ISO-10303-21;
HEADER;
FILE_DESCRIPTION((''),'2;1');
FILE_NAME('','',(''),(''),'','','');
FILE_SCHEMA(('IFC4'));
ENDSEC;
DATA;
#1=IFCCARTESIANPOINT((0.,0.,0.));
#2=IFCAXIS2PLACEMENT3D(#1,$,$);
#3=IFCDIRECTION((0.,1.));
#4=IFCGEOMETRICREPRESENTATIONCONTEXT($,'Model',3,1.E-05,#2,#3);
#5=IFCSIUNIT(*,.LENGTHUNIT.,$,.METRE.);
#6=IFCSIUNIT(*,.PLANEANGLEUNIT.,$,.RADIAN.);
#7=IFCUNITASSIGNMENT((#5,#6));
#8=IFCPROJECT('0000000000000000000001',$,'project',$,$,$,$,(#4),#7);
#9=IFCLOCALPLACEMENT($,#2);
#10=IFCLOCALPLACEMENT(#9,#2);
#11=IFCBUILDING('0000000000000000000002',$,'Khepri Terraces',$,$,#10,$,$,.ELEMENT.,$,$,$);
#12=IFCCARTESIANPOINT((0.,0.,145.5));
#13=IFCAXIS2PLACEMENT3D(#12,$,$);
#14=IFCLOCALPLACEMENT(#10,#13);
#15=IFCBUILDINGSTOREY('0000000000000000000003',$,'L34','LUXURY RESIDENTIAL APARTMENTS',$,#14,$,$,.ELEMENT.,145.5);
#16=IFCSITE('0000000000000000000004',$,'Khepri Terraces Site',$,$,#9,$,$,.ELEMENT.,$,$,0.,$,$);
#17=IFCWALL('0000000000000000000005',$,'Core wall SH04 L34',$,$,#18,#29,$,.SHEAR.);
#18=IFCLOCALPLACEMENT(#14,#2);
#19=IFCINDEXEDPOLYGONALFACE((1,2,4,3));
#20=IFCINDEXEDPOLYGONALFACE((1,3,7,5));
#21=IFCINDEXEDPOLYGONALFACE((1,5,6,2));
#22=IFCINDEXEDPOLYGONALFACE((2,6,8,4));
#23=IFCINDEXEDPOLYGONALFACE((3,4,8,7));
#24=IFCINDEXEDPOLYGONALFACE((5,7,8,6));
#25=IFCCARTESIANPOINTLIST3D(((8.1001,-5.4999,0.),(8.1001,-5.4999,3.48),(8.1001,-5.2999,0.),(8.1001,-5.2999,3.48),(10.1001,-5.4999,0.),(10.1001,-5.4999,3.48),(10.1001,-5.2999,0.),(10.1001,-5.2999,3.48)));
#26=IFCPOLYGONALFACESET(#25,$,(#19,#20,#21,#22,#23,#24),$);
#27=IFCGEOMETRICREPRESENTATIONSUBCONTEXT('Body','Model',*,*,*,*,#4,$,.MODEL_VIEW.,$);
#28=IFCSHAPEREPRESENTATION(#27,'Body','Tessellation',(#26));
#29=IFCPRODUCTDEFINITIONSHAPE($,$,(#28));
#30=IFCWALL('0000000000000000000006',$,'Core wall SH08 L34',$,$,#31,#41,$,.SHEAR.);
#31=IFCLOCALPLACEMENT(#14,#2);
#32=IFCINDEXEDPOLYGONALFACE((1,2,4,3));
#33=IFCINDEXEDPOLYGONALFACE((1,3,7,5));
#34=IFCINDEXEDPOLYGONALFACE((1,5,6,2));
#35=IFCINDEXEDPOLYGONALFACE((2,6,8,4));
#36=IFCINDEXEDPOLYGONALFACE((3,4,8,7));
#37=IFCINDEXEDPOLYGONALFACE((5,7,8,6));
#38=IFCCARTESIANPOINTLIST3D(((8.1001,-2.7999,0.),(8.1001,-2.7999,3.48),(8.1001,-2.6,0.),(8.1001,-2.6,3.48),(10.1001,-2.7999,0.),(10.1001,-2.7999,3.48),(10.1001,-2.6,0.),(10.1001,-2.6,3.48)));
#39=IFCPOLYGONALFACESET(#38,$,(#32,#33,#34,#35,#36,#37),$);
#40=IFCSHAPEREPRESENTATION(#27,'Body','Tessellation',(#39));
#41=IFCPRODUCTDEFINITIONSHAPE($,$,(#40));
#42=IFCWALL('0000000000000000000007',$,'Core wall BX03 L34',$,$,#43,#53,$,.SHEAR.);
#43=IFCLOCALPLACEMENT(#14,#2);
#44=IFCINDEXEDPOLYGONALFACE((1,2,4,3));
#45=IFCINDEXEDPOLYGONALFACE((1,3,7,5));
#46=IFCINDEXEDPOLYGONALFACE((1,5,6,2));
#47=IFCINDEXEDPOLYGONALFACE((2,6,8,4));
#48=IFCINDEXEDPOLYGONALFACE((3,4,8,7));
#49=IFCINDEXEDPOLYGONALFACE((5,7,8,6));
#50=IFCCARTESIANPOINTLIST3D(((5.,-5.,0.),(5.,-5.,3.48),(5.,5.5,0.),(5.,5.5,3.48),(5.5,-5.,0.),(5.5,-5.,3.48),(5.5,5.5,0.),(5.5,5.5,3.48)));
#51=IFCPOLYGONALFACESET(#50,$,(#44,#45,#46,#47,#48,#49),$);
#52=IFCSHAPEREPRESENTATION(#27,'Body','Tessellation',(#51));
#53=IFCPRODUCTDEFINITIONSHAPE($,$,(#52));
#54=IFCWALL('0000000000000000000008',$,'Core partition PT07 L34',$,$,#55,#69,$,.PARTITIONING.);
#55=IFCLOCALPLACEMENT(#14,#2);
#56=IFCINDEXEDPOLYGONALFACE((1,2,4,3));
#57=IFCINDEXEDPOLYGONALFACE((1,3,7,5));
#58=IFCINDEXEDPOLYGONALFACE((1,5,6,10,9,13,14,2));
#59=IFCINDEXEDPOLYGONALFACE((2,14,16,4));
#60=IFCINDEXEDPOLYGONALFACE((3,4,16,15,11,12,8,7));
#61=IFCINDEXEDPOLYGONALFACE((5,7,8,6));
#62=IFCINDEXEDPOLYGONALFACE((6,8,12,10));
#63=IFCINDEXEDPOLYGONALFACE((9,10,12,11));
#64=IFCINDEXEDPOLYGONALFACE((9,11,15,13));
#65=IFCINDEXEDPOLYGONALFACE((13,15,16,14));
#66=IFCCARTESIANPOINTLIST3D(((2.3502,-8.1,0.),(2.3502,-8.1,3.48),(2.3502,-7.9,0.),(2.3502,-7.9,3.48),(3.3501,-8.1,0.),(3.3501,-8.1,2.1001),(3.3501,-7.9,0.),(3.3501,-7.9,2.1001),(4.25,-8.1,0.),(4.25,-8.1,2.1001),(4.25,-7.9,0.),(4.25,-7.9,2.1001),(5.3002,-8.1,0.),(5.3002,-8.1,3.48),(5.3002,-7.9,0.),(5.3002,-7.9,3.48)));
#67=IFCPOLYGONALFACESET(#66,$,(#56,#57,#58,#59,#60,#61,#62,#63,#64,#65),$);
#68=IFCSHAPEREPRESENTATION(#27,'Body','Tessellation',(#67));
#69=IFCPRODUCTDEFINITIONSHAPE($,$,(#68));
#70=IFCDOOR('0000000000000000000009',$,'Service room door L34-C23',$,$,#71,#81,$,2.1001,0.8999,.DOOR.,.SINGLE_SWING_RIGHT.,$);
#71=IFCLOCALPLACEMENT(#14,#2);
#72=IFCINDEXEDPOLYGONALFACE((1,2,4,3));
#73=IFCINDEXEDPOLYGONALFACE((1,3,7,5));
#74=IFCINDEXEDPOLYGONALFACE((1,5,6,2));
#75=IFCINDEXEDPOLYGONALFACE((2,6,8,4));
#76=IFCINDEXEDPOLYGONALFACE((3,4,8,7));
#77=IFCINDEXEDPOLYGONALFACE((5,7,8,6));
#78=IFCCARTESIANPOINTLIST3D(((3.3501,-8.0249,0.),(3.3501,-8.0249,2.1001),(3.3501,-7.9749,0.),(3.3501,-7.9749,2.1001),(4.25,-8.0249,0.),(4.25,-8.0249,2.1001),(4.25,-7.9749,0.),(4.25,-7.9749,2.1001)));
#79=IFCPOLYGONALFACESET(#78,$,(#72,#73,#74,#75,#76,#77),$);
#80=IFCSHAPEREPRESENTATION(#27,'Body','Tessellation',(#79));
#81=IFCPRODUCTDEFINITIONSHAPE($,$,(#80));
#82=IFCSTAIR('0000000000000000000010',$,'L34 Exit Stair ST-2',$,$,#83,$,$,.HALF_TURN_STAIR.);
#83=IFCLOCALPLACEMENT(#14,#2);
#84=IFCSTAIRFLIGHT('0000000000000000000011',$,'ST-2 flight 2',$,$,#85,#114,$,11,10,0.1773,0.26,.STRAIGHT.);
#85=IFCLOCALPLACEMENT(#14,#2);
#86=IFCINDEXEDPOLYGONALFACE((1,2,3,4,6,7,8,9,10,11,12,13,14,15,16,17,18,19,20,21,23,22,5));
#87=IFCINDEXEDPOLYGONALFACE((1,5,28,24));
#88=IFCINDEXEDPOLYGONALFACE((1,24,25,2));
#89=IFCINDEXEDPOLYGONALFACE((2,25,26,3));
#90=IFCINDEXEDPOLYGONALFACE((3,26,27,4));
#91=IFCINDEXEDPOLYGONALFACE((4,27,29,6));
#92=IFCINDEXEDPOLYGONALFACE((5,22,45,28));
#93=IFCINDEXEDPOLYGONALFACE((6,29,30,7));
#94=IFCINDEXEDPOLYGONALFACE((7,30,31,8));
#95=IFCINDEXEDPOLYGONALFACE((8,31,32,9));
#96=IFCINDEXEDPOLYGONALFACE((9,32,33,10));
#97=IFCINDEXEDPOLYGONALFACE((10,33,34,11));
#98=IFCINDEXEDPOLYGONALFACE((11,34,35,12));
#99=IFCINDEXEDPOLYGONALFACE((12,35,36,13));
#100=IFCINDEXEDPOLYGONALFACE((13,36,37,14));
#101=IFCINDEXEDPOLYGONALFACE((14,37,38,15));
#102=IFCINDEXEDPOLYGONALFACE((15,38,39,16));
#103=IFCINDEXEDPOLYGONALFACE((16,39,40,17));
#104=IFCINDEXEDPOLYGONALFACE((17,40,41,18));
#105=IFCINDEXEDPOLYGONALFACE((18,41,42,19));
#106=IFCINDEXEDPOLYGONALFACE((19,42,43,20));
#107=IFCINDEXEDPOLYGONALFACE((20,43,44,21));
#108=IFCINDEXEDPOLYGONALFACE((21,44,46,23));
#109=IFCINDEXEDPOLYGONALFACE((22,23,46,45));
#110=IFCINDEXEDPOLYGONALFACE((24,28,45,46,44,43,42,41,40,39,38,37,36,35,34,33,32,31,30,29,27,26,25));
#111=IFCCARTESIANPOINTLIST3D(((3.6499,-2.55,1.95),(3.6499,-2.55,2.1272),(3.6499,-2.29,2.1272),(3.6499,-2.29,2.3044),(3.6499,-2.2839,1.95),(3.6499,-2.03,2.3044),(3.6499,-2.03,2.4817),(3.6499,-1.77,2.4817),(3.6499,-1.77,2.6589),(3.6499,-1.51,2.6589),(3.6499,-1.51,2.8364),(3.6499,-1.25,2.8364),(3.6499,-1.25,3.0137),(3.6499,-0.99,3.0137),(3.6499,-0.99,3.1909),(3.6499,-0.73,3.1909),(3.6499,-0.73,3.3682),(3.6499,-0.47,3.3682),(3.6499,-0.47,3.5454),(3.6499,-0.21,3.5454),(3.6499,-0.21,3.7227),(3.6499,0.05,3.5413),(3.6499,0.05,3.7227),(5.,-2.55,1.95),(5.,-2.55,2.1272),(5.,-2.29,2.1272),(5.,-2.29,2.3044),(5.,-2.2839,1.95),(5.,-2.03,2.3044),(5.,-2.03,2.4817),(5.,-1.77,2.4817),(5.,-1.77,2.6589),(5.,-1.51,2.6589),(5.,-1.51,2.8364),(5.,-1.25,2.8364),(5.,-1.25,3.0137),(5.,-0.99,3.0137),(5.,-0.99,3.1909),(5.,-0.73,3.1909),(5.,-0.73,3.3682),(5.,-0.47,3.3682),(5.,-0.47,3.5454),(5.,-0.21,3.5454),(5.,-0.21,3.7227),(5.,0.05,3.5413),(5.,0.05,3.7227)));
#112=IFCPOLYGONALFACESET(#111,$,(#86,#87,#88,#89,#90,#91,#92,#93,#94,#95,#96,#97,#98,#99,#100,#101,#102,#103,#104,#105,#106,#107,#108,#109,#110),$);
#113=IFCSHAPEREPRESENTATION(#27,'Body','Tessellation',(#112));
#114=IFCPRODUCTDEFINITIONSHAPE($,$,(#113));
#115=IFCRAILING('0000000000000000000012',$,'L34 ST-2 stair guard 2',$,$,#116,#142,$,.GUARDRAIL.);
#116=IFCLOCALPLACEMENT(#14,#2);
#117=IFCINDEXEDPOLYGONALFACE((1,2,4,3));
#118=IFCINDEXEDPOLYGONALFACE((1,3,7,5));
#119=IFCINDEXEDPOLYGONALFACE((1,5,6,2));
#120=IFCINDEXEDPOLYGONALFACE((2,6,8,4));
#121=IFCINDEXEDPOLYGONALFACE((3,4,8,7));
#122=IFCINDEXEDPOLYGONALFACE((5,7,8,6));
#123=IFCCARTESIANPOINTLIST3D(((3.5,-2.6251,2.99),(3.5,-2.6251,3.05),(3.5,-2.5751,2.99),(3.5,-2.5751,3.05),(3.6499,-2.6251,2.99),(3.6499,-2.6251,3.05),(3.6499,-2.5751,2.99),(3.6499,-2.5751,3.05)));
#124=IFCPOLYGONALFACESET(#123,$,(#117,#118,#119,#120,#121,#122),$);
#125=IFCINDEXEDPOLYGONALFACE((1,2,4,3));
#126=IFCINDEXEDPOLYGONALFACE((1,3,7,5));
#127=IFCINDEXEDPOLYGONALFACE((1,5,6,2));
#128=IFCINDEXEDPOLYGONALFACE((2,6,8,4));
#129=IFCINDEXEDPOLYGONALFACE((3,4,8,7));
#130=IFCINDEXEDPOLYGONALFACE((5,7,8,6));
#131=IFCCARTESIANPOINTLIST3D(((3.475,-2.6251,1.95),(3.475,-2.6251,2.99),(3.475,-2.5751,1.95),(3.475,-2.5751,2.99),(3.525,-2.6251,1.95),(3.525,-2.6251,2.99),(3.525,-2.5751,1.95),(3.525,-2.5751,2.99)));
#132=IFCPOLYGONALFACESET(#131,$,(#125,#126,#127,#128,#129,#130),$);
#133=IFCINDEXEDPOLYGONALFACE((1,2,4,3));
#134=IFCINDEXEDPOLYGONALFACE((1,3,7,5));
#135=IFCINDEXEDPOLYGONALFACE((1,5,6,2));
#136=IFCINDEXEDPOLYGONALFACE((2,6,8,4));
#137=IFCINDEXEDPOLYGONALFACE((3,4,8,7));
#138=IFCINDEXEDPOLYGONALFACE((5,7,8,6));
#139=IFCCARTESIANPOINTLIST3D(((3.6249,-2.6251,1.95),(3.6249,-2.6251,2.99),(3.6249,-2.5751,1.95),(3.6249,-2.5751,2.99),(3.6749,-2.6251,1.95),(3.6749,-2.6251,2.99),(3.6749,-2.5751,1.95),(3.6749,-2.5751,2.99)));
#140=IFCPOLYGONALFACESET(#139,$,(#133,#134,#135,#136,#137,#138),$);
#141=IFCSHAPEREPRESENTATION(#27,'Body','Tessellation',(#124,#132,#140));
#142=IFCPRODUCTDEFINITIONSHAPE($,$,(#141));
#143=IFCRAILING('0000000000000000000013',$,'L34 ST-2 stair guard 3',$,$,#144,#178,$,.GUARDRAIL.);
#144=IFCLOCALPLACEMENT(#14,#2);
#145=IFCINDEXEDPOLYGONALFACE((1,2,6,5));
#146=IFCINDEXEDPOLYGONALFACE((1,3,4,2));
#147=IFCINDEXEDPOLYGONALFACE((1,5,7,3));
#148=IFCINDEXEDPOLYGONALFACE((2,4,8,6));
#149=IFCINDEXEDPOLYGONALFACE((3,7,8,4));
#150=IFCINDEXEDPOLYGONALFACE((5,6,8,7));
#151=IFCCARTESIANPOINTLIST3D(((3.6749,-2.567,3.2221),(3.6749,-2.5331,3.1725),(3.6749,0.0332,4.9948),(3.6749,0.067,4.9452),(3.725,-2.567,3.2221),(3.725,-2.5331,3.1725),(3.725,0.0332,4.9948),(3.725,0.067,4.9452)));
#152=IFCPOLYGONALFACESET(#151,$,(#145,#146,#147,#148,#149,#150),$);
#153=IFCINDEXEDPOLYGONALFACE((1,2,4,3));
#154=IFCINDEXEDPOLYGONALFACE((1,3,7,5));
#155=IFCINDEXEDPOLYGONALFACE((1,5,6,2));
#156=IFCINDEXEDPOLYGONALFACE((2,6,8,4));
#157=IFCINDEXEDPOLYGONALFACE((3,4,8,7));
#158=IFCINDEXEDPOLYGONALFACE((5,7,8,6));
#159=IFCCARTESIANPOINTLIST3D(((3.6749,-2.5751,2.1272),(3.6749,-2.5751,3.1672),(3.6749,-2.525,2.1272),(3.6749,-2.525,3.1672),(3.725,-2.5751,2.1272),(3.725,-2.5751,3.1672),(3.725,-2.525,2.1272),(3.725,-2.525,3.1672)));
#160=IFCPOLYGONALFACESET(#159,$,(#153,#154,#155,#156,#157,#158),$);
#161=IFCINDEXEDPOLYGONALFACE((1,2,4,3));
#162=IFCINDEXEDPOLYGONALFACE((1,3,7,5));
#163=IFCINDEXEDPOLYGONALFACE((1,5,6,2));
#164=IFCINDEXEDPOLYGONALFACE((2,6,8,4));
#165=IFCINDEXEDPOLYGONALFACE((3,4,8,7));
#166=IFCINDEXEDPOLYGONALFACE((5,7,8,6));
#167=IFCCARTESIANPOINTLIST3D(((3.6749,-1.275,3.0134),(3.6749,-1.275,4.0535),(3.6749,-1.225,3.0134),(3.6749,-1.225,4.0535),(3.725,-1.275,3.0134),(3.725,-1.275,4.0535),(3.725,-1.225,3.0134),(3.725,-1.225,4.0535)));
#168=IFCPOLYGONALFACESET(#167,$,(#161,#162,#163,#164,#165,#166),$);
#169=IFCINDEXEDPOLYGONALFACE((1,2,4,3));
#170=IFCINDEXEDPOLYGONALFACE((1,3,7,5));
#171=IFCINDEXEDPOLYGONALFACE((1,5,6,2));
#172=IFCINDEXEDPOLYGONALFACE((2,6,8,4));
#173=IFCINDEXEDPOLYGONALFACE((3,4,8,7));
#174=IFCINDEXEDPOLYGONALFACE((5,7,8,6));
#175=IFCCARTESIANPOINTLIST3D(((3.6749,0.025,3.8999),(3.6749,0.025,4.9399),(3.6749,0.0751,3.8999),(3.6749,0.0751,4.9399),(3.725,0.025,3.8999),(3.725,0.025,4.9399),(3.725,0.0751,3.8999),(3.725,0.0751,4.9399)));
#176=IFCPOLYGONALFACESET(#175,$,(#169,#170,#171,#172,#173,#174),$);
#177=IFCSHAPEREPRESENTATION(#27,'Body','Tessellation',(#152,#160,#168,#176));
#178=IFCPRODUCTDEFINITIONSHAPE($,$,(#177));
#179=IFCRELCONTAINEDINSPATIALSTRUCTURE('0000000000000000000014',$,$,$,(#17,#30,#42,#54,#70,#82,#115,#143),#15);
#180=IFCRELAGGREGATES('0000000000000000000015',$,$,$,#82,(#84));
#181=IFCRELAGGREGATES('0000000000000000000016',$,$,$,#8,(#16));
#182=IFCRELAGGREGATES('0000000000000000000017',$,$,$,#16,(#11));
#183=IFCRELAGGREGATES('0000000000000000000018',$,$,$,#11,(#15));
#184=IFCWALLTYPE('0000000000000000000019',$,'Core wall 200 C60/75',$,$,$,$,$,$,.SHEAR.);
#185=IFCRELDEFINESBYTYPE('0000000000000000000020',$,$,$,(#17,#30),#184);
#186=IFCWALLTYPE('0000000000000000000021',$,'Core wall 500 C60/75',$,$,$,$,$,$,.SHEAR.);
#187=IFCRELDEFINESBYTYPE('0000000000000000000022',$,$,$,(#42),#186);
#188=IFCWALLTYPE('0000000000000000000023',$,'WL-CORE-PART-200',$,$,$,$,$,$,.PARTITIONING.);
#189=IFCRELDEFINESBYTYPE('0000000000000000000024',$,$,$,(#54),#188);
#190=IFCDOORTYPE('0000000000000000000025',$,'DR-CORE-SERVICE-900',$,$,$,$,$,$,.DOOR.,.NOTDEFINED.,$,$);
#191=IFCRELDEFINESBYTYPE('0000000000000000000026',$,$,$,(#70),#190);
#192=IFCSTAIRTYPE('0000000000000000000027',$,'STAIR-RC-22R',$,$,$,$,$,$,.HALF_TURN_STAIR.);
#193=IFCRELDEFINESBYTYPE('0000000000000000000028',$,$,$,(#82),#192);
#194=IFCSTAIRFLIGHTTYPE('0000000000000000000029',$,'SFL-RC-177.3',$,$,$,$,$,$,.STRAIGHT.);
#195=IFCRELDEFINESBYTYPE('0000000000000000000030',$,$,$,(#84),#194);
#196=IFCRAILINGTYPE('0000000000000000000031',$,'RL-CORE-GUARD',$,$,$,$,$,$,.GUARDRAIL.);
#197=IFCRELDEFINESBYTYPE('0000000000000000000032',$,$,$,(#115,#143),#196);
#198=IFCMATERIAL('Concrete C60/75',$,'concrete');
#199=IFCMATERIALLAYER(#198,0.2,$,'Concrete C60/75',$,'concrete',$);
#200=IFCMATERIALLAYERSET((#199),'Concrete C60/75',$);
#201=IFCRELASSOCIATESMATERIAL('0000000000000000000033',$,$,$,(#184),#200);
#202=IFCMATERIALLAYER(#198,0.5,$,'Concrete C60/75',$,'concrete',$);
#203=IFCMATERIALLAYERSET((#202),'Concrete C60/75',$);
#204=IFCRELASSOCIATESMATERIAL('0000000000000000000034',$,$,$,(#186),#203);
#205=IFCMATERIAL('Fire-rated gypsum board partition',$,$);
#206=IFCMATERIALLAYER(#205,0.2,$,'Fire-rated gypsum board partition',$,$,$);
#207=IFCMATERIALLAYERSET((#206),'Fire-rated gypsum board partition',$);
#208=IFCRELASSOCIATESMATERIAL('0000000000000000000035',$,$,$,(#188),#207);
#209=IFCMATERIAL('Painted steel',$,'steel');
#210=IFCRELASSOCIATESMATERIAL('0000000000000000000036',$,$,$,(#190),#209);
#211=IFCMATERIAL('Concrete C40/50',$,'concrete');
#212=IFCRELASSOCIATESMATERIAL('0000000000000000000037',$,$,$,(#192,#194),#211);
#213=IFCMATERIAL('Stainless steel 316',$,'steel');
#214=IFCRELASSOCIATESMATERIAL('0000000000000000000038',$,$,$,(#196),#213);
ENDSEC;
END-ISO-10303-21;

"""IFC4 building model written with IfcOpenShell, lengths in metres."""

from ifc_helpers import new_model, si_unit, direction, frame, frame_2d, origin, origin_2d, place, context, subcontext, project, spatial, polyline, rectangle, outline, extrude, material, layer, layer_set, type_object, element, fill, aggregate, save


model = new_model("IFC4")

# Units and contexts
model_context = context("Model", 3, precision=1e-05, world=origin(), true_north=direction((0.0, 1.0)))
body_context = subcontext(model_context, "Body", "Model", "MODEL_VIEW")
ifc_project = project(units=[si_unit("LENGTHUNIT", "METRE"), si_unit("PLANEANGLEUNIT", "RADIAN")], contexts=[model_context])

# Site, building, storey
site_placement = place(None, origin())
site = spatial("IfcSite", under=ifc_project, at=site_placement, Name="Khepri Terraces Site", CompositionType="ELEMENT", RefElevation=0.0)
building_placement = place(site_placement, origin())
building = spatial("IfcBuilding", under=site, at=building_placement, Name="Khepri Terraces", CompositionType="ELEMENT")
storey_placement = place(building_placement, frame((0.0, 0.0, 145.5)))
storey = spatial("IfcBuildingStorey", under=building, at=storey_placement, Name="L34", Description="LUXURY RESIDENTIAL APARTMENTS", CompositionType="ELEMENT", Elevation=145.5)

# Shared definitions
ifc_material_1 = material(Name="Concrete C60/75", Category="concrete")
ifc_layer_1 = layer(ifc_material_1, 0.2, Name="Concrete C60/75", Category="concrete")
ifc_layer_set_1 = layer_set([ifc_layer_1], Name="Concrete C60/75")
wall_type_1 = type_object("IfcWallType", Name="Core wall 200 C60/75", PredefinedType="SHEAR", material=ifc_layer_set_1)
ifc_material_2 = material(Name="Painted steel", Category="steel")

# Walls
for number, where, z_axis, x_axis, name in (
    (1, (8.1001, -5.3999, 0.0), (0.0, 0.0, 1.0), (1.0, 0.0, 0.0), "Core wall SH04 L34"),
    (2, (8.1001, -2.7, 0.0), (0.0, 0.0, 1.0), (1.0, 0.0, 0.0), "Core wall SH08 L34"),
):
    element("IfcWall", number, at=place(storey_placement, frame(where, z_axis=z_axis, x_axis=x_axis)), inside=storey, type_object=wall_type_1, Name=name, PredefinedType="SHEAR", context=body_context, shape_type="SweptSolid", body=[
        extrude(rectangle(XDim=2.0, YDim=0.2, at=frame_2d((1.0, 0.0))), origin(), (0.0, 0.0, 1.0), 3.48),
    ])
ifc_layer_2 = layer(ifc_material_1, 0.5, Name="Concrete C60/75", Category="concrete")
ifc_layer_set_2 = layer_set([ifc_layer_2], Name="Concrete C60/75")
wall_type_2 = type_object("IfcWallType", Name="Core wall 500 C60/75", PredefinedType="SHEAR", material=ifc_layer_set_2)
wall_1_placement = place(storey_placement, frame((5.25, -5.0, 0.0), z_axis=(0.0, 0.0, 1.0), x_axis=(0.0, 1.0, 0.0)))
element("IfcWall", 3, at=wall_1_placement, inside=storey, type_object=wall_type_2, Name="Core wall BX03 L34", PredefinedType="SHEAR", context=body_context, shape_type="SweptSolid", body=[
    extrude(rectangle(XDim=10.5, YDim=0.5, at=frame_2d((5.25, 0.0))), origin(), (0.0, 0.0, 1.0), 3.48),
])

# Wall, opening, door
ifc_material_3 = material(Name="Fire-rated gypsum board partition")
ifc_layer_3 = layer(ifc_material_3, 0.2, Name="Fire-rated gypsum board partition")
ifc_layer_set_3 = layer_set([ifc_layer_3], Name="Fire-rated gypsum board partition")
wall_type_3 = type_object("IfcWallType", Name="WL-CORE-PART-200", PredefinedType="PARTITIONING", material=ifc_layer_set_3)
wall_2_placement = place(storey_placement, frame((2.3501, -8.0, 0.0), z_axis=(0.0, 0.0, 1.0), x_axis=(1.0, 0.0, 0.0)))
wall_2 = element("IfcWall", 4, at=wall_2_placement, inside=storey, type_object=wall_type_3, Name="Core partition PT07 L34", PredefinedType="PARTITIONING", context=body_context, shape_type="SweptSolid", body=[
    extrude(rectangle(XDim=2.95, YDim=0.2, at=frame_2d((1.4751, 0.0))), origin(), (0.0, 0.0, 1.0), 3.48),
])
opening_1_placement = place(wall_2_placement, frame((1.0, 0.0, 0.0)))
opening_1 = element("IfcOpeningElement", 5, at=opening_1_placement, cuts=wall_2, PredefinedType="OPENING", context=body_context, shape_type="SweptSolid", body=[
    extrude(rectangle(XDim=0.8999, YDim=2.1001, at=frame_2d((0.45, 1.05))), frame((0.0, 0.1099, 0.0), z_axis=(0.0, -1.0, 0.0), x_axis=(1.0, 0.0, 0.0)), (0.0, 0.0, 1.0), 0.22),
])
door_type_1 = type_object("IfcDoorType", Name="DR-CORE-SERVICE-900", OperationType="NOTDEFINED", PredefinedType="DOOR", material=ifc_material_2)
door_1_placement = place(opening_1_placement, frame((0.8999, 0.0, 0.0), z_axis=(0.0, 0.0, 1.0), x_axis=(-1.0, 0.0, 0.0)))
door_1 = element("IfcDoor", 6, at=door_1_placement, inside=storey, type_object=door_type_1, Name="Service room door L34-C23", OperationType="SINGLE_SWING_RIGHT", OverallHeight=2.1001, OverallWidth=0.8999, PredefinedType="DOOR", context=body_context, shape_type="SweptSolid", body=[
    extrude(rectangle(XDim=0.8999, YDim=2.1001, at=frame_2d((0.45, 1.05))), frame((0.0, 0.0249, 0.0), z_axis=(0.0, -1.0, 0.0), x_axis=(1.0, 0.0, 0.0)), (0.0, 0.0, 1.0), 0.05),
])
fill(opening_1, door_1)

# Stair, stair flight
ifc_material_4 = material(Name="Concrete C40/50", Category="concrete")
stair_type = type_object("IfcStairType", Name="STAIR-RC-22R", PredefinedType="HALF_TURN_STAIR", material=ifc_material_4)
stair_placement = place(storey_placement, origin())
stair = element("IfcStair", 7, at=stair_placement, inside=storey, type_object=stair_type, Name="L34 Exit Stair ST-2", PredefinedType="HALF_TURN_STAIR")
stair_flight_type = type_object("IfcStairFlightType", Name="SFL-RC-177.3", PredefinedType="STRAIGHT", material=ifc_material_4)
stair_flight_placement = place(storey_placement, frame((4.325, -2.55, 1.95), z_axis=(0.0, 0.0, 1.0), x_axis=(0.0, 1.0, 0.0)))
stair_flight = element("IfcStairFlight", 8, at=stair_flight_placement, type_object=stair_flight_type, Name="ST-2 flight 2", NumberOfRisers=11, NumberOfTreads=10, PredefinedType="STRAIGHT", RiserHeight=0.1773, TreadLength=0.26, context=body_context, shape_type="SweptSolid", body=[
    extrude(outline(polyline([(0.0, 0.0), (0.0, 0.1772), (0.26, 0.1772), (0.26, 0.3545), (0.52, 0.3545), (0.52, 0.5317), (0.78, 0.5317), (0.78, 0.709), (1.04, 0.709), (1.04, 0.8865), (1.3, 0.8865), (1.3, 1.0637), (1.5601, 1.0637), (1.5601, 1.241), (1.8201, 1.241), (1.8201, 1.4182), (2.0801, 1.4182), (2.0801, 1.5955), (2.3401, 1.5955), (2.3401, 1.7727), (2.6001, 1.7727), (2.6001, 1.95), (2.6001, 1.5913), (0.2661, 0.0), (0.0, 0.0)])), frame((0.0, 0.675, 0.0), z_axis=(0.0, -1.0, 0.0), x_axis=(1.0, 0.0, 0.0)), (0.0, 0.0, 1.0), 1.3501),
])
aggregate(stair, [stair_flight])

# Railings
ifc_material_5 = material(Name="Stainless steel 316", Category="steel")
railing_type_1 = type_object("IfcRailingType", Name="RL-CORE-GUARD", PredefinedType="GUARDRAIL", material=ifc_material_5)
railing_1_placement = place(storey_placement, frame((3.5, -2.6001, 1.95)))
element("IfcRailing", 9, at=railing_1_placement, inside=storey, type_object=railing_type_1, Name="L34 ST-2 stair guard 2", PredefinedType="GUARDRAIL", context=body_context, shape_type="SweptSolid", body=[
    extrude(rectangle(XDim=0.05, YDim=0.0601, at=origin_2d()), frame((0.0, 0.0, 1.0701), z_axis=(1.0, 0.0, 0.0), x_axis=(0.0, 1.0, 0.0)), (0.0, 0.0, 1.0), 0.1499),
    extrude(rectangle(XDim=0.05, YDim=0.05, at=origin_2d()), origin(), (0.0, 0.0, 1.0), 1.04),
    extrude(rectangle(XDim=0.05, YDim=0.05, at=origin_2d()), frame((0.1499, 0.0, 0.0)), (0.0, 0.0, 1.0), 1.04),
])
railing_2_placement = place(storey_placement, frame((3.7, -2.55, 2.1272)))
element("IfcRailing", 10, at=railing_2_placement, inside=storey, type_object=railing_type_1, Name="L34 ST-2 stair guard 3", PredefinedType="GUARDRAIL", context=body_context, shape_type="SweptSolid", body=[
    extrude(rectangle(XDim=0.05, YDim=0.0601, at=origin_2d()), frame((0.0, 0.0, 1.0701), z_axis=(0.0, 0.82624, 0.563318), x_axis=(-1.0, 0.0, 0.0)), (0.0, 0.0, 1.0), 3.147),
    extrude(rectangle(XDim=0.05, YDim=0.05, at=origin_2d()), origin(), (0.0, 0.0, 1.0), 1.04),
    extrude(rectangle(XDim=0.05, YDim=0.05, at=origin_2d()), frame((0.0, 1.3, 0.8862)), (0.0, 0.0, 1.0), 1.04),
    extrude(rectangle(XDim=0.05, YDim=0.05, at=origin_2d()), frame((0.0, 2.6001, 1.7727)), (0.0, 0.0, 1.0), 1.04),
])

save(model, "model.ifc")
